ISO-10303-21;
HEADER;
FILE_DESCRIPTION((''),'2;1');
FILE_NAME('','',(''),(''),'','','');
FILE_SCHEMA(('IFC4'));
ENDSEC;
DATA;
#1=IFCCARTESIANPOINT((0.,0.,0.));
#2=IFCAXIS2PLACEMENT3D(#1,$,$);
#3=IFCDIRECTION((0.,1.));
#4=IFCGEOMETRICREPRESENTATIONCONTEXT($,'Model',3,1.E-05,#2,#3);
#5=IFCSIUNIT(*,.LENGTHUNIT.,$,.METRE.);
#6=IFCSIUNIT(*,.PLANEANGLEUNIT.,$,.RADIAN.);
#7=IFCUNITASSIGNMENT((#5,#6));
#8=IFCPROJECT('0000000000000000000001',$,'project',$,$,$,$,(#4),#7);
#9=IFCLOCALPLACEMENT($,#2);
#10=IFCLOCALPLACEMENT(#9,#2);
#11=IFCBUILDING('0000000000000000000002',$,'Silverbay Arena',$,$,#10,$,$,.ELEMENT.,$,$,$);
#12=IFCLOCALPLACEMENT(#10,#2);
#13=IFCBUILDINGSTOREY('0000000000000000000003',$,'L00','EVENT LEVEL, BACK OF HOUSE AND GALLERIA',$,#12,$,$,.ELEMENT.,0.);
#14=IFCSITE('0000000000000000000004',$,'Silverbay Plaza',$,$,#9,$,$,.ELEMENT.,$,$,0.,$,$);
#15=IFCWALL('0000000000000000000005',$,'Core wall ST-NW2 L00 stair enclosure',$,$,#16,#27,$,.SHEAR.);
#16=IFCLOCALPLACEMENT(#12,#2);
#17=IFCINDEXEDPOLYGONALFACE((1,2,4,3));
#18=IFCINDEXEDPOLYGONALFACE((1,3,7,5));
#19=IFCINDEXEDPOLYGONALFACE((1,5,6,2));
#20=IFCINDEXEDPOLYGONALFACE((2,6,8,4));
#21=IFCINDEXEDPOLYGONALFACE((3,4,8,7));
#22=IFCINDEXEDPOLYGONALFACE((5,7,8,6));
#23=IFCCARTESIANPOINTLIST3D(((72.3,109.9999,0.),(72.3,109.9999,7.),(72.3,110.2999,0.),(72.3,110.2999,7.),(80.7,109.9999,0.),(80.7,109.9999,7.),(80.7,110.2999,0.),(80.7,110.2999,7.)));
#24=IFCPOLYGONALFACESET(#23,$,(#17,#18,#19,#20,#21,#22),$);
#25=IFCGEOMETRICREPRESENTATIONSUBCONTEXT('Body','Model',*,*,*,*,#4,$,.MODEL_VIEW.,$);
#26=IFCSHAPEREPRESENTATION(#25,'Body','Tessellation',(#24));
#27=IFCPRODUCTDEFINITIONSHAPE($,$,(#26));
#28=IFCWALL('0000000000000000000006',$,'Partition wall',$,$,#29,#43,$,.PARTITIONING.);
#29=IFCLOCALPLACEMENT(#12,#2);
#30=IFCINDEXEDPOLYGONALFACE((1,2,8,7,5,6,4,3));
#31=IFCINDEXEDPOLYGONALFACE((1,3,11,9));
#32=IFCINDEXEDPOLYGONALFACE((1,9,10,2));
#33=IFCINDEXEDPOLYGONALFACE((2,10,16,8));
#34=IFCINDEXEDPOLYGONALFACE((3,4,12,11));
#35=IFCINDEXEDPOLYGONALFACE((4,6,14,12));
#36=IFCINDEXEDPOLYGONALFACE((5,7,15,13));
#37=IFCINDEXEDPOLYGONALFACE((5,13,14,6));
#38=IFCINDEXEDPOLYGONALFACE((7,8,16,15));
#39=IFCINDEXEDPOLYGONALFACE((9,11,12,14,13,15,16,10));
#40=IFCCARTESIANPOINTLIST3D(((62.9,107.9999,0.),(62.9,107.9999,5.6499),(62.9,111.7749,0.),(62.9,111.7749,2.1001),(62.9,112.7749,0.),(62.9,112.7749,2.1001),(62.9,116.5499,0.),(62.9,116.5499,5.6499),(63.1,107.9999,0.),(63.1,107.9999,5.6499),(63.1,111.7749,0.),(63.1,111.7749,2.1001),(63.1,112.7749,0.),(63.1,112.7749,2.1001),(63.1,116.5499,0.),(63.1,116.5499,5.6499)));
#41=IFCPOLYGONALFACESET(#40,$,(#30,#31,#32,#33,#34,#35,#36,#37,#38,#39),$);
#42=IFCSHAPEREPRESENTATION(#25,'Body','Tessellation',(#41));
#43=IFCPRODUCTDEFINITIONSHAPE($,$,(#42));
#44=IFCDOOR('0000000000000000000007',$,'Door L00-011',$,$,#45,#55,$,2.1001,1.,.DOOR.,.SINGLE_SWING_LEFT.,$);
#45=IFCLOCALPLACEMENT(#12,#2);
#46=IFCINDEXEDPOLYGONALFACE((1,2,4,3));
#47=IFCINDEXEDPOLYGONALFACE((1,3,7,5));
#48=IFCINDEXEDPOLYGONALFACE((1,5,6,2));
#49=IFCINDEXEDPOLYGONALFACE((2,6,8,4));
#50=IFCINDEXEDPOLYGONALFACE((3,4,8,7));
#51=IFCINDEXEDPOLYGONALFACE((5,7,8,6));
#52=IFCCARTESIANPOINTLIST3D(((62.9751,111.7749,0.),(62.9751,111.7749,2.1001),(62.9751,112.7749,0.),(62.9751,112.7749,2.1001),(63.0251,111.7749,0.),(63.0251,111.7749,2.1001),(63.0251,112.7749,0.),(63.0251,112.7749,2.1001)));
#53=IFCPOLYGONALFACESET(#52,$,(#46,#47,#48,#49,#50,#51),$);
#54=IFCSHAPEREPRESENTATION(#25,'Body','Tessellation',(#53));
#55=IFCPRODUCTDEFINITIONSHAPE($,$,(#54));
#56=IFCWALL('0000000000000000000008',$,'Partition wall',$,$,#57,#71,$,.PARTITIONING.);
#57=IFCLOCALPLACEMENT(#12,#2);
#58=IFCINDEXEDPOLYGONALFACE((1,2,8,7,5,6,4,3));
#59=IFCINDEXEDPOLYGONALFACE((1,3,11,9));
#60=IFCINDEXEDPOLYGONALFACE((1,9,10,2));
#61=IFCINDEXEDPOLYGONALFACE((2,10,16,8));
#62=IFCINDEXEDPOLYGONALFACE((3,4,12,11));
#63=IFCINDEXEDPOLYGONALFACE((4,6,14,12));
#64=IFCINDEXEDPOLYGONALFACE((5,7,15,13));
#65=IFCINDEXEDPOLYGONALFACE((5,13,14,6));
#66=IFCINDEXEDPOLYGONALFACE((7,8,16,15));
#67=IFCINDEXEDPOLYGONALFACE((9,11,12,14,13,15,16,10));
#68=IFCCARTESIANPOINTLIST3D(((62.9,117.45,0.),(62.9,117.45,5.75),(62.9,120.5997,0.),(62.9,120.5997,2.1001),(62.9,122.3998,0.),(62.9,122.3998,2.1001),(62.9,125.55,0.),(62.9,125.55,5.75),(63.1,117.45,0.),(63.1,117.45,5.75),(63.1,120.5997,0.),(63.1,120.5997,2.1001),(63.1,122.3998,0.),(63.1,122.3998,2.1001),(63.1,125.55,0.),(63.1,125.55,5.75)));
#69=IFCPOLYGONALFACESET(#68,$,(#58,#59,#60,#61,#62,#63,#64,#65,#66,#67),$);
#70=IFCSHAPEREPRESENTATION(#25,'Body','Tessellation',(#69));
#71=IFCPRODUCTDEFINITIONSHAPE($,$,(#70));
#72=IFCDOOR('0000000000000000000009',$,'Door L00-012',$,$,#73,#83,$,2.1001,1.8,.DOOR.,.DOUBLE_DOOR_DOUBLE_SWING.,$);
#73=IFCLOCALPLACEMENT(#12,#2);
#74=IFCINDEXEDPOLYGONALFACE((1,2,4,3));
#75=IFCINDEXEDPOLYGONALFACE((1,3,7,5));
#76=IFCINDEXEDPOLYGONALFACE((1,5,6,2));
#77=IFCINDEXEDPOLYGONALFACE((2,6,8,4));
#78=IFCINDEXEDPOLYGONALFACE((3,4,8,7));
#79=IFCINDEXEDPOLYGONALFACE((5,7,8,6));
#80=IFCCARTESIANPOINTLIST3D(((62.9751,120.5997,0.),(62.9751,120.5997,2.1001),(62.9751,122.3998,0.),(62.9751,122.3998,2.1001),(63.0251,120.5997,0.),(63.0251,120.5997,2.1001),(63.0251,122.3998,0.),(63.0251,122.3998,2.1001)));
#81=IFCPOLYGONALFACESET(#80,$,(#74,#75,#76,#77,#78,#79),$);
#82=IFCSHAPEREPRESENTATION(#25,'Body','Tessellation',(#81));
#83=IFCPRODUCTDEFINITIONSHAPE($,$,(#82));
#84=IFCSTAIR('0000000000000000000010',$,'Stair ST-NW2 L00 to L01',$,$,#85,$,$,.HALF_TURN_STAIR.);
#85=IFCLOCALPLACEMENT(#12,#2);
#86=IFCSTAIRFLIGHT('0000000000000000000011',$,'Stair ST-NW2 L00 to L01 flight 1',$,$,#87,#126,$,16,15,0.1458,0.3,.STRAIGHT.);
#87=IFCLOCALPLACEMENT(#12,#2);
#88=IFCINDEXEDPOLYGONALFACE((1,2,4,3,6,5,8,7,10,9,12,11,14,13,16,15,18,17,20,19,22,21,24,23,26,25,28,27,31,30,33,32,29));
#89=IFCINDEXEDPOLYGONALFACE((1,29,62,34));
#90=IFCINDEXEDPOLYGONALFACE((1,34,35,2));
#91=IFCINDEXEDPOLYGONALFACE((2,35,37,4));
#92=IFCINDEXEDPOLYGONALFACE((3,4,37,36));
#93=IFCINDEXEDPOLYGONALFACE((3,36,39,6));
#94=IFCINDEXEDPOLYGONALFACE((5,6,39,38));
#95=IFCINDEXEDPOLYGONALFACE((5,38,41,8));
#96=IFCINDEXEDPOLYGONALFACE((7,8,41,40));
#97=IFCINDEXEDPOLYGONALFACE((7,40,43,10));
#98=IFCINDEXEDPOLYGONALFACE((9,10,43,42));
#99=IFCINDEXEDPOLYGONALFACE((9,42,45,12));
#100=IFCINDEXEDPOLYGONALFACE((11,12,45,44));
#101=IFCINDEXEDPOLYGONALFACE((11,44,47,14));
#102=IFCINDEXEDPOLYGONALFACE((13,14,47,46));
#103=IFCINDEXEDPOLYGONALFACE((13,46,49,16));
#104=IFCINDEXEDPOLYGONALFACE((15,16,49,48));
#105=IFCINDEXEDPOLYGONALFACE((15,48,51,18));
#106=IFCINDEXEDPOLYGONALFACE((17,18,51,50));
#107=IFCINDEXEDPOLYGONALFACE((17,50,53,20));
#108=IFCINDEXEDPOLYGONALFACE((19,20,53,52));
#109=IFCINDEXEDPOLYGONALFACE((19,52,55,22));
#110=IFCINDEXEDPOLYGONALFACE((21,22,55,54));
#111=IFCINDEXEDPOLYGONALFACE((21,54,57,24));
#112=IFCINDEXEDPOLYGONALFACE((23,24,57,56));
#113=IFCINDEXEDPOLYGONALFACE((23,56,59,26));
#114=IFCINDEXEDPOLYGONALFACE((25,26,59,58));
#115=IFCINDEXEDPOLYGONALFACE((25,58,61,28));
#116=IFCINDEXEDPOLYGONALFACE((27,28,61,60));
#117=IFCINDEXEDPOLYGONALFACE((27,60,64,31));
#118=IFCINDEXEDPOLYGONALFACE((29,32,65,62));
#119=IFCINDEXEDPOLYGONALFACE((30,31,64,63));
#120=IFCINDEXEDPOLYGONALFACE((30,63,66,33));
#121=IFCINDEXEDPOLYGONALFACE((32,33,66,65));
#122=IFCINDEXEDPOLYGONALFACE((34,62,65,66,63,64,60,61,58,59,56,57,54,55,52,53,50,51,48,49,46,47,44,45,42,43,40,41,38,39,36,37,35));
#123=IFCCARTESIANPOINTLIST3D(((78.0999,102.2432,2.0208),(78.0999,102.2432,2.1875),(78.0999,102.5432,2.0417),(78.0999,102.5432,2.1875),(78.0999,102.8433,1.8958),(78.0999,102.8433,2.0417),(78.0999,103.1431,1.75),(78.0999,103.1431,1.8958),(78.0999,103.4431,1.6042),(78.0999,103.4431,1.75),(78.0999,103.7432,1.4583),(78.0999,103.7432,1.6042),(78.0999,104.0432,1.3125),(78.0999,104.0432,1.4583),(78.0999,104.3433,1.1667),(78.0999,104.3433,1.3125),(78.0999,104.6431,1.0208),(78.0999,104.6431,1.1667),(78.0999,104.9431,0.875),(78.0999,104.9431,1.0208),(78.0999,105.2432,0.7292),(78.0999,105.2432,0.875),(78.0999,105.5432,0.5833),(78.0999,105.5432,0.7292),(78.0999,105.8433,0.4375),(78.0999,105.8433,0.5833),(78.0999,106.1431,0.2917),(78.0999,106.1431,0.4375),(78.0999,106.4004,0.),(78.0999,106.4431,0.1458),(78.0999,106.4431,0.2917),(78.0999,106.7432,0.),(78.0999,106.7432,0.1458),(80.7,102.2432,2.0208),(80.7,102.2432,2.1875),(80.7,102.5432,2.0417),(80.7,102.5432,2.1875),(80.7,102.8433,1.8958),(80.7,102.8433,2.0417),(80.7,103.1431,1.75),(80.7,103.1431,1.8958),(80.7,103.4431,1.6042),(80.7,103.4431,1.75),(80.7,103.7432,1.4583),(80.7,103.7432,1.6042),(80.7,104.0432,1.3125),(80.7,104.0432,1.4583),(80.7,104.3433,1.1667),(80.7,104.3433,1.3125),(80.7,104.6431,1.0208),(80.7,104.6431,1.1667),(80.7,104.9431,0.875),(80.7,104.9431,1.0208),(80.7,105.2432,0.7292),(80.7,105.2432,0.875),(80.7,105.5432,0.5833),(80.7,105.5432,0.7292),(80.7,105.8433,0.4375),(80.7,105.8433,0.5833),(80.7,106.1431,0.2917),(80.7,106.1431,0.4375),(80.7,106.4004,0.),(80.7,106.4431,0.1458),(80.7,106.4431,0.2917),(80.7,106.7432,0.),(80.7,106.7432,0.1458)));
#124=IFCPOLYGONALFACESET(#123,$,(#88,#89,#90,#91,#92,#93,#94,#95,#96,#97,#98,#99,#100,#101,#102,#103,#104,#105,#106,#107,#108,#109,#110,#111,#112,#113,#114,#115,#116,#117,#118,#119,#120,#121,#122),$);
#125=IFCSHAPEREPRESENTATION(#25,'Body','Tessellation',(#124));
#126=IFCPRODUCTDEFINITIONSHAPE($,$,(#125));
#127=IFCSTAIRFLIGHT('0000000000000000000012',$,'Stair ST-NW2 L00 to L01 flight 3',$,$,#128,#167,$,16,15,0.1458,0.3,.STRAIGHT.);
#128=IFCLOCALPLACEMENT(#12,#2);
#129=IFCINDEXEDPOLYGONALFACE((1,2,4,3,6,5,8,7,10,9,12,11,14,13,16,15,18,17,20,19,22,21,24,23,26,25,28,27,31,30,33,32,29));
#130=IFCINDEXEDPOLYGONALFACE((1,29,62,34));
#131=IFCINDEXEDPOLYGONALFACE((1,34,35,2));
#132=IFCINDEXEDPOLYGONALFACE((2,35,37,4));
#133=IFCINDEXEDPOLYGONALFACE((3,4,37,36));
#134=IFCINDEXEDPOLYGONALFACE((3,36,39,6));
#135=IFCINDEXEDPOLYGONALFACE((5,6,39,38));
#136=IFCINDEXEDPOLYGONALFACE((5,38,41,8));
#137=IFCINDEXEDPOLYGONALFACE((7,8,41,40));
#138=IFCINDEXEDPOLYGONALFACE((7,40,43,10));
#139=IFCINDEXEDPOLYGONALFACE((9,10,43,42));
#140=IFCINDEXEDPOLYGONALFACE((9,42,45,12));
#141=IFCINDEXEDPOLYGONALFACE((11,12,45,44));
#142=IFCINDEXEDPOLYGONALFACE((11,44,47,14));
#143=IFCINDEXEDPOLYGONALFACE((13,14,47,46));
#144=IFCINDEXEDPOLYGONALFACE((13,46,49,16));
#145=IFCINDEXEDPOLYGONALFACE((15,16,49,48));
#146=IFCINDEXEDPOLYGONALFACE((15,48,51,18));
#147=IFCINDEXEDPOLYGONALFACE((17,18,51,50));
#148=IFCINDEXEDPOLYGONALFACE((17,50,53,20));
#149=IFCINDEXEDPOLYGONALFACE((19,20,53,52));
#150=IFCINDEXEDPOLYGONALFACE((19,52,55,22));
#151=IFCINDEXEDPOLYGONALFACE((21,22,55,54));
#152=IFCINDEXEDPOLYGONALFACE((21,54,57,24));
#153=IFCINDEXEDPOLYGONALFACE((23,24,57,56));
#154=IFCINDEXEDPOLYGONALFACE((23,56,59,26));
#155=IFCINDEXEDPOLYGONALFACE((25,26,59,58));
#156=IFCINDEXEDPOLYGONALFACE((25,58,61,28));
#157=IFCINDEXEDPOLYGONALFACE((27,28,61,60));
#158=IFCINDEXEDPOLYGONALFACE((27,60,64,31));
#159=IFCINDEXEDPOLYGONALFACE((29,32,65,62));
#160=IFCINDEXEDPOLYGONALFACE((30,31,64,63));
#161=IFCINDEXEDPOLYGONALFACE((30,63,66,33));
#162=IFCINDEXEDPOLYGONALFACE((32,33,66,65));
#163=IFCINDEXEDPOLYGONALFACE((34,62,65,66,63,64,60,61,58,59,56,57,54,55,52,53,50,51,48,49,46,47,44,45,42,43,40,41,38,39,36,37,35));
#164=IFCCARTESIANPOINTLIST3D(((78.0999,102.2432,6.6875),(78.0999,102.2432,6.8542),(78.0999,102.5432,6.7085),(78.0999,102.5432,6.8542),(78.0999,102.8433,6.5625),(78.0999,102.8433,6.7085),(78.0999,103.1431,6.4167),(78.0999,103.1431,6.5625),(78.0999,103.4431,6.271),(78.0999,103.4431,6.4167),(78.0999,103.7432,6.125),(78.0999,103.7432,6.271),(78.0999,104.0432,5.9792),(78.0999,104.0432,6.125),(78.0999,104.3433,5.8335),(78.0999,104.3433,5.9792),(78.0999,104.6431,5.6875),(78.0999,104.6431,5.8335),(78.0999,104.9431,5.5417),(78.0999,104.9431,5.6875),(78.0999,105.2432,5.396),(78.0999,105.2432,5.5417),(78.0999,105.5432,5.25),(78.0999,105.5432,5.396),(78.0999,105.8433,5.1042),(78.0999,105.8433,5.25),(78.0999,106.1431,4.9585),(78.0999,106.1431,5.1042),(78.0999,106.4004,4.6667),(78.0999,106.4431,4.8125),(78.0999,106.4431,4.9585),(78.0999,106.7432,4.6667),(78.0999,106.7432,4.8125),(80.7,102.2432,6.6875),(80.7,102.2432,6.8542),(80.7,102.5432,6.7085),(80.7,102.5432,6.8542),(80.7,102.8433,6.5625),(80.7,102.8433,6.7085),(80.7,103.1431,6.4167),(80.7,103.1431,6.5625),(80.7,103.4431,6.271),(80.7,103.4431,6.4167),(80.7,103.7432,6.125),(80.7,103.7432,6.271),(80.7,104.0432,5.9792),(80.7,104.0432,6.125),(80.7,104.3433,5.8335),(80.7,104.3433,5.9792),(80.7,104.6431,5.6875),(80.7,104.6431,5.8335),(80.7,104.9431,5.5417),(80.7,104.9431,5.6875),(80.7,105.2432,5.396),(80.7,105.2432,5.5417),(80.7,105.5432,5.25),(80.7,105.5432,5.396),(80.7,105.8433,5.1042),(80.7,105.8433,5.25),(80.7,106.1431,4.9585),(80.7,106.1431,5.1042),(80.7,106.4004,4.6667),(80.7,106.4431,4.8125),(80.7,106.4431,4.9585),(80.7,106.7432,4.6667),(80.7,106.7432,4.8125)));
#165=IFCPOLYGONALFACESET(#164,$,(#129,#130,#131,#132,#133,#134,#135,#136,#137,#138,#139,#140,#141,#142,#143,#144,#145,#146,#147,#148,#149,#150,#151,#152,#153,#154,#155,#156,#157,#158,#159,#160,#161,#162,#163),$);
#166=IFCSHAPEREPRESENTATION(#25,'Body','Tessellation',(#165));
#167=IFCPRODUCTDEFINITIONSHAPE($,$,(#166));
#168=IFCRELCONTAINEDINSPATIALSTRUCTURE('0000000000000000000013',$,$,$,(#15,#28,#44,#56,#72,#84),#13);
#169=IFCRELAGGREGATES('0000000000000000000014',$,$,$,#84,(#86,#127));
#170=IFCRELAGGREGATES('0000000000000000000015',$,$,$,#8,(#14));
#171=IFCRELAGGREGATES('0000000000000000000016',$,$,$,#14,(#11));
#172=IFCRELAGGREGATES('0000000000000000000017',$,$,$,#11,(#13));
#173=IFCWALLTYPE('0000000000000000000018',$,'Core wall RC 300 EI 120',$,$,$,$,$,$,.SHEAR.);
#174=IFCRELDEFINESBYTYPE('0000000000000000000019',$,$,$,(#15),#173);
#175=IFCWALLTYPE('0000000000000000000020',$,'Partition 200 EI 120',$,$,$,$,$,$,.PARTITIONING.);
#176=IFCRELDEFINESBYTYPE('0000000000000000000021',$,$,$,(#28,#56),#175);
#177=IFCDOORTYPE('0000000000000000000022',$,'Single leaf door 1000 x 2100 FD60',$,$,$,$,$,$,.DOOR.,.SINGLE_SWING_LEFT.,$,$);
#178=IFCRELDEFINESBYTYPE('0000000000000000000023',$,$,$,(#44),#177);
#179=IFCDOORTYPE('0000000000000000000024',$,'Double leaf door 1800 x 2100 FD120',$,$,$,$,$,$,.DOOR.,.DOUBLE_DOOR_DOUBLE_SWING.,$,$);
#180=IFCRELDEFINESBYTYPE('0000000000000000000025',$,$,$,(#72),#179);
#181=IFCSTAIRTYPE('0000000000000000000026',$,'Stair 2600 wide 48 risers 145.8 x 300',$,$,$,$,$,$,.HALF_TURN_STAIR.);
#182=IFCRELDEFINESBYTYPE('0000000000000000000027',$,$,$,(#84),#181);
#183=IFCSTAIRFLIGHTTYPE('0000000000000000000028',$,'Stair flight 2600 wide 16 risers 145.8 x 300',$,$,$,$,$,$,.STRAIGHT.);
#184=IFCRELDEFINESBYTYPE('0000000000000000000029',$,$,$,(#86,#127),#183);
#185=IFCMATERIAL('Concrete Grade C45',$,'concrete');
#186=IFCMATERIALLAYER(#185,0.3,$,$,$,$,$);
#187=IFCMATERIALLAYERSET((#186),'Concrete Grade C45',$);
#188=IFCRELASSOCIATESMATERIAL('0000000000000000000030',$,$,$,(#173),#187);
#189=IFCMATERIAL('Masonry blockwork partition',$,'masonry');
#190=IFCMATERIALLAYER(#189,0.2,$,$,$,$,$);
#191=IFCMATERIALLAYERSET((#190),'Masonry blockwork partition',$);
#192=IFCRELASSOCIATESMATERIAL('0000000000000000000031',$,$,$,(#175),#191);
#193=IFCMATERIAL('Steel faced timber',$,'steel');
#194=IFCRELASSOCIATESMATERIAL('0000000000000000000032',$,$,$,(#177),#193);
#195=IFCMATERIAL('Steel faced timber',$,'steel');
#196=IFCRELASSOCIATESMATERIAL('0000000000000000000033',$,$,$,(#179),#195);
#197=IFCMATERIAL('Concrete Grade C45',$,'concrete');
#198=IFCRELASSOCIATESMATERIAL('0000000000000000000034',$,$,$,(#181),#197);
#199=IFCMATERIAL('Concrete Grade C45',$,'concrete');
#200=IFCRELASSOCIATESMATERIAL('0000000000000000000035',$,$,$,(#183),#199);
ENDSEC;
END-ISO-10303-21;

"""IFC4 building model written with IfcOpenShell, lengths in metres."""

from ifc_helpers import new_model, si_unit, direction, frame, frame_2d, origin, place, context, subcontext, project, spatial, polyline, rectangle, outline, extrude, material, layer, layer_set, type_object, element, fill, aggregate, save


model = new_model("IFC4")

# Units and contexts
model_context = context("Model", 3, precision=1e-05, world=origin(), true_north=direction((0.0, 1.0)))
body_context = subcontext(model_context, "Body", "Model", "MODEL_VIEW")
ifc_project = project(units=[si_unit("LENGTHUNIT", "METRE"), si_unit("PLANEANGLEUNIT", "RADIAN")], contexts=[model_context])

# Site, building, storey
site_placement = place(None, origin())
site = spatial("IfcSite", under=ifc_project, at=site_placement, Name="Silverbay Plaza", CompositionType="ELEMENT", RefElevation=0.0)
building_placement = place(site_placement, origin())
building = spatial("IfcBuilding", under=site, at=building_placement, Name="Silverbay Arena", CompositionType="ELEMENT")
storey_placement = place(building_placement, origin())
storey = spatial("IfcBuildingStorey", under=building, at=storey_placement, Name="L00", Description="EVENT LEVEL, BACK OF HOUSE AND GALLERIA", CompositionType="ELEMENT", Elevation=0.0)

# Shared definitions
ifc_material_1 = material(Name="Concrete Grade C45", Category="concrete")
ifc_layer_1 = layer(ifc_material_1, 0.3)
ifc_layer_set_1 = layer_set([ifc_layer_1], Name="Concrete Grade C45")
wall_type_1 = type_object("IfcWallType", Name="Core wall RC 300 EI 120", PredefinedType="SHEAR", material=ifc_layer_set_1)

# Wall
for number, where, z_axis, x_axis, name in (
    (1, (80.7, 110.1499, 0.0), (0.0, 0.0, 1.0), (-1.0, 0.0, 0.0), "Core wall ST-NW2 L00 stair enclosure"),
):
    element("IfcWall", number, at=place(storey_placement, frame(where, z_axis=z_axis, x_axis=x_axis)), inside=storey, type_object=wall_type_1, Name=name, PredefinedType="SHEAR", context=body_context, shape_type="SweptSolid", body=[
        extrude(rectangle(XDim=8.3999, YDim=0.3, at=frame_2d((4.2, 0.0))), origin(), (0.0, 0.0, 1.0), 7.0),
    ])

# Walls, openings, doors
ifc_material_2 = material(Name="Masonry blockwork partition", Category="masonry")
ifc_layer_2 = layer(ifc_material_2, 0.2)
ifc_layer_set_2 = layer_set([ifc_layer_2], Name="Masonry blockwork partition")
wall_type_2 = type_object("IfcWallType", Name="Partition 200 EI 120", PredefinedType="PARTITIONING", material=ifc_layer_set_2)
wall_1_placement = place(storey_placement, frame((63.0, 108.0, 0.0), z_axis=(0.0, 0.0, 1.0), x_axis=(0.0, 1.0, 0.0)))
wall_1 = element("IfcWall", 2, at=wall_1_placement, inside=storey, type_object=wall_type_2, Name="Partition wall", PredefinedType="PARTITIONING", context=body_context, shape_type="SweptSolid", body=[
    extrude(rectangle(XDim=8.55, YDim=0.2, at=frame_2d((4.2749, 0.0))), origin(), (0.0, 0.0, 1.0), 5.6499),
])
opening_1_placement = place(wall_1_placement, frame((3.7749, 0.0, 0.0)))
opening_1 = element("IfcOpeningElement", 3, at=opening_1_placement, cuts=wall_1, PredefinedType="OPENING", context=body_context, shape_type="SweptSolid", body=[
    extrude(rectangle(XDim=1.0, YDim=2.1001, at=frame_2d((0.5, 1.05))), frame((0.0, 0.1099, 0.0), z_axis=(0.0, -1.0, 0.0), x_axis=(1.0, 0.0, 0.0)), (0.0, 0.0, 1.0), 0.22),
])
ifc_material_3 = material(Name="Steel faced timber", Category="steel")
door_type_1 = type_object("IfcDoorType", Name="Single leaf door 1000 x 2100 FD60", OperationType="SINGLE_SWING_LEFT", PredefinedType="DOOR", material=ifc_material_3)
door_1_placement = place(opening_1_placement, origin())
door_1 = element("IfcDoor", 4, at=door_1_placement, inside=storey, type_object=door_type_1, Name="Door L00-011", OperationType="SINGLE_SWING_LEFT", OverallHeight=2.1001, OverallWidth=1.0, PredefinedType="DOOR", context=body_context, shape_type="SweptSolid", body=[
    extrude(rectangle(XDim=1.0, YDim=2.1001, at=frame_2d((0.5, 1.05))), frame((0.0, 0.0249, 0.0), z_axis=(0.0, -1.0, 0.0), x_axis=(1.0, 0.0, 0.0)), (0.0, 0.0, 1.0), 0.05),
])
fill(opening_1, door_1)
wall_2_placement = place(storey_placement, frame((63.0, 117.45, 0.0), z_axis=(0.0, 0.0, 1.0), x_axis=(0.0, 1.0, 0.0)))
wall_2 = element("IfcWall", 5, at=wall_2_placement, inside=storey, type_object=wall_type_2, Name="Partition wall", PredefinedType="PARTITIONING", context=body_context, shape_type="SweptSolid", body=[
    extrude(rectangle(XDim=8.1001, YDim=0.2, at=frame_2d((4.05, 0.0))), origin(), (0.0, 0.0, 1.0), 5.75),
])
opening_2_placement = place(wall_2_placement, frame((3.1499, 0.0, 0.0)))
opening_2 = element("IfcOpeningElement", 6, at=opening_2_placement, cuts=wall_2, PredefinedType="OPENING", context=body_context, shape_type="SweptSolid", body=[
    extrude(rectangle(XDim=1.8, YDim=2.1001, at=frame_2d((0.8999, 1.05))), frame((0.0, 0.1099, 0.0), z_axis=(0.0, -1.0, 0.0), x_axis=(1.0, 0.0, 0.0)), (0.0, 0.0, 1.0), 0.22),
])
ifc_material_4 = material(Name="Steel faced timber", Category="steel")
door_type_2 = type_object("IfcDoorType", Name="Double leaf door 1800 x 2100 FD120", OperationType="DOUBLE_DOOR_DOUBLE_SWING", PredefinedType="DOOR", material=ifc_material_4)
door_2_placement = place(opening_2_placement, origin())
door_2 = element("IfcDoor", 7, at=door_2_placement, inside=storey, type_object=door_type_2, Name="Door L00-012", OperationType="DOUBLE_DOOR_DOUBLE_SWING", OverallHeight=2.1001, OverallWidth=1.8, PredefinedType="DOOR", context=body_context, shape_type="SweptSolid", body=[
    extrude(rectangle(XDim=1.8, YDim=2.1001, at=frame_2d((0.8999, 1.05))), frame((0.0, 0.0249, 0.0), z_axis=(0.0, -1.0, 0.0), x_axis=(1.0, 0.0, 0.0)), (0.0, 0.0, 1.0), 0.05),
])
fill(opening_2, door_2)

# Stair, stair flights
ifc_material_5 = material(Name="Concrete Grade C45", Category="concrete")
stair_type = type_object("IfcStairType", Name="Stair 2600 wide 48 risers 145.8 x 300", PredefinedType="HALF_TURN_STAIR", material=ifc_material_5)
stair_placement = place(storey_placement, origin())
stair = element("IfcStair", 8, at=stair_placement, inside=storey, type_object=stair_type, Name="Stair ST-NW2 L00 to L01", PredefinedType="HALF_TURN_STAIR")
ifc_material_6 = material(Name="Concrete Grade C45", Category="concrete")
stair_flight_type = type_object("IfcStairFlightType", Name="Stair flight 2600 wide 16 risers 145.8 x 300", PredefinedType="STRAIGHT", material=ifc_material_6)
stair_flight_1_placement = place(storey_placement, frame((79.3999, 106.7432, 0.0), z_axis=(0.0, 0.0, 1.0), x_axis=(0.0, -1.0, 0.0)))
stair_flight_1 = element("IfcStairFlight", 9, at=stair_flight_1_placement, type_object=stair_flight_type, Name="Stair ST-NW2 L00 to L01 flight 1", NumberOfRisers=16, NumberOfTreads=15, PredefinedType="STRAIGHT", RiserHeight=0.1458, TreadLength=0.3, context=body_context, shape_type="SweptSolid", body=[
    extrude(outline(polyline([(0.0, 0.0), (0.0, 0.1458), (0.3, 0.1458), (0.3, 0.2917), (0.6001, 0.2917), (0.6001, 0.4375), (0.8999, 0.4375), (0.8999, 0.5833), (1.2, 0.5833), (1.2, 0.7292), (1.5, 0.7292), (1.5, 0.875), (1.8, 0.875), (1.8, 1.0208), (2.1001, 1.0208), (2.1001, 1.1667), (2.3999, 1.1667), (2.3999, 1.3125), (2.7, 1.3125), (2.7, 1.4583), (3.0, 1.4583), (3.0, 1.6042), (3.3, 1.6042), (3.3, 1.75), (3.6001, 1.75), (3.6001, 1.8958), (3.8999, 1.8958), (3.8999, 2.0417), (4.2, 2.0417), (4.2, 2.1875), (4.5, 2.1875), (4.5, 2.0208), (0.3428, 0.0), (0.0, 0.0)])), frame((0.0, 1.3, 0.0), z_axis=(0.0, -1.0, 0.0), x_axis=(1.0, 0.0, 0.0)), (0.0, 0.0, 1.0), 2.6001),
])
stair_flight_2_placement = place(storey_placement, frame((79.3999, 106.7432, 4.6667), z_axis=(0.0, 0.0, 1.0), x_axis=(0.0, -1.0, 0.0)))
stair_flight_2 = element("IfcStairFlight", 10, at=stair_flight_2_placement, type_object=stair_flight_type, Name="Stair ST-NW2 L00 to L01 flight 3", NumberOfRisers=16, NumberOfTreads=15, PredefinedType="STRAIGHT", RiserHeight=0.1458, TreadLength=0.3, context=body_context, shape_type="SweptSolid", body=[
    extrude(outline(polyline([(0.0, 0.0), (0.0, 0.1458), (0.3, 0.1458), (0.3, 0.2917), (0.6001, 0.2917), (0.6001, 0.4375), (0.8999, 0.4375), (0.8999, 0.5833), (1.2, 0.5833), (1.2, 0.7292), (1.5, 0.7292), (1.5, 0.875), (1.8, 0.875), (1.8, 1.0208), (2.1001, 1.0208), (2.1001, 1.1667), (2.3999, 1.1667), (2.3999, 1.3125), (2.7, 1.3125), (2.7, 1.4583), (3.0, 1.4583), (3.0, 1.6042), (3.3, 1.6042), (3.3, 1.75), (3.6001, 1.75), (3.6001, 1.8958), (3.8999, 1.8958), (3.8999, 2.0417), (4.2, 2.0417), (4.2, 2.1875), (4.5, 2.1875), (4.5, 2.0208), (0.3428, 0.0), (0.0, 0.0)])), frame((0.0, 1.3, 0.0), z_axis=(0.0, -1.0, 0.0), x_axis=(1.0, 0.0, 0.0)), (0.0, 0.0, 1.0), 2.6001),
])
aggregate(stair, [stair_flight_1, stair_flight_2])

save(model, "model.ifc")
